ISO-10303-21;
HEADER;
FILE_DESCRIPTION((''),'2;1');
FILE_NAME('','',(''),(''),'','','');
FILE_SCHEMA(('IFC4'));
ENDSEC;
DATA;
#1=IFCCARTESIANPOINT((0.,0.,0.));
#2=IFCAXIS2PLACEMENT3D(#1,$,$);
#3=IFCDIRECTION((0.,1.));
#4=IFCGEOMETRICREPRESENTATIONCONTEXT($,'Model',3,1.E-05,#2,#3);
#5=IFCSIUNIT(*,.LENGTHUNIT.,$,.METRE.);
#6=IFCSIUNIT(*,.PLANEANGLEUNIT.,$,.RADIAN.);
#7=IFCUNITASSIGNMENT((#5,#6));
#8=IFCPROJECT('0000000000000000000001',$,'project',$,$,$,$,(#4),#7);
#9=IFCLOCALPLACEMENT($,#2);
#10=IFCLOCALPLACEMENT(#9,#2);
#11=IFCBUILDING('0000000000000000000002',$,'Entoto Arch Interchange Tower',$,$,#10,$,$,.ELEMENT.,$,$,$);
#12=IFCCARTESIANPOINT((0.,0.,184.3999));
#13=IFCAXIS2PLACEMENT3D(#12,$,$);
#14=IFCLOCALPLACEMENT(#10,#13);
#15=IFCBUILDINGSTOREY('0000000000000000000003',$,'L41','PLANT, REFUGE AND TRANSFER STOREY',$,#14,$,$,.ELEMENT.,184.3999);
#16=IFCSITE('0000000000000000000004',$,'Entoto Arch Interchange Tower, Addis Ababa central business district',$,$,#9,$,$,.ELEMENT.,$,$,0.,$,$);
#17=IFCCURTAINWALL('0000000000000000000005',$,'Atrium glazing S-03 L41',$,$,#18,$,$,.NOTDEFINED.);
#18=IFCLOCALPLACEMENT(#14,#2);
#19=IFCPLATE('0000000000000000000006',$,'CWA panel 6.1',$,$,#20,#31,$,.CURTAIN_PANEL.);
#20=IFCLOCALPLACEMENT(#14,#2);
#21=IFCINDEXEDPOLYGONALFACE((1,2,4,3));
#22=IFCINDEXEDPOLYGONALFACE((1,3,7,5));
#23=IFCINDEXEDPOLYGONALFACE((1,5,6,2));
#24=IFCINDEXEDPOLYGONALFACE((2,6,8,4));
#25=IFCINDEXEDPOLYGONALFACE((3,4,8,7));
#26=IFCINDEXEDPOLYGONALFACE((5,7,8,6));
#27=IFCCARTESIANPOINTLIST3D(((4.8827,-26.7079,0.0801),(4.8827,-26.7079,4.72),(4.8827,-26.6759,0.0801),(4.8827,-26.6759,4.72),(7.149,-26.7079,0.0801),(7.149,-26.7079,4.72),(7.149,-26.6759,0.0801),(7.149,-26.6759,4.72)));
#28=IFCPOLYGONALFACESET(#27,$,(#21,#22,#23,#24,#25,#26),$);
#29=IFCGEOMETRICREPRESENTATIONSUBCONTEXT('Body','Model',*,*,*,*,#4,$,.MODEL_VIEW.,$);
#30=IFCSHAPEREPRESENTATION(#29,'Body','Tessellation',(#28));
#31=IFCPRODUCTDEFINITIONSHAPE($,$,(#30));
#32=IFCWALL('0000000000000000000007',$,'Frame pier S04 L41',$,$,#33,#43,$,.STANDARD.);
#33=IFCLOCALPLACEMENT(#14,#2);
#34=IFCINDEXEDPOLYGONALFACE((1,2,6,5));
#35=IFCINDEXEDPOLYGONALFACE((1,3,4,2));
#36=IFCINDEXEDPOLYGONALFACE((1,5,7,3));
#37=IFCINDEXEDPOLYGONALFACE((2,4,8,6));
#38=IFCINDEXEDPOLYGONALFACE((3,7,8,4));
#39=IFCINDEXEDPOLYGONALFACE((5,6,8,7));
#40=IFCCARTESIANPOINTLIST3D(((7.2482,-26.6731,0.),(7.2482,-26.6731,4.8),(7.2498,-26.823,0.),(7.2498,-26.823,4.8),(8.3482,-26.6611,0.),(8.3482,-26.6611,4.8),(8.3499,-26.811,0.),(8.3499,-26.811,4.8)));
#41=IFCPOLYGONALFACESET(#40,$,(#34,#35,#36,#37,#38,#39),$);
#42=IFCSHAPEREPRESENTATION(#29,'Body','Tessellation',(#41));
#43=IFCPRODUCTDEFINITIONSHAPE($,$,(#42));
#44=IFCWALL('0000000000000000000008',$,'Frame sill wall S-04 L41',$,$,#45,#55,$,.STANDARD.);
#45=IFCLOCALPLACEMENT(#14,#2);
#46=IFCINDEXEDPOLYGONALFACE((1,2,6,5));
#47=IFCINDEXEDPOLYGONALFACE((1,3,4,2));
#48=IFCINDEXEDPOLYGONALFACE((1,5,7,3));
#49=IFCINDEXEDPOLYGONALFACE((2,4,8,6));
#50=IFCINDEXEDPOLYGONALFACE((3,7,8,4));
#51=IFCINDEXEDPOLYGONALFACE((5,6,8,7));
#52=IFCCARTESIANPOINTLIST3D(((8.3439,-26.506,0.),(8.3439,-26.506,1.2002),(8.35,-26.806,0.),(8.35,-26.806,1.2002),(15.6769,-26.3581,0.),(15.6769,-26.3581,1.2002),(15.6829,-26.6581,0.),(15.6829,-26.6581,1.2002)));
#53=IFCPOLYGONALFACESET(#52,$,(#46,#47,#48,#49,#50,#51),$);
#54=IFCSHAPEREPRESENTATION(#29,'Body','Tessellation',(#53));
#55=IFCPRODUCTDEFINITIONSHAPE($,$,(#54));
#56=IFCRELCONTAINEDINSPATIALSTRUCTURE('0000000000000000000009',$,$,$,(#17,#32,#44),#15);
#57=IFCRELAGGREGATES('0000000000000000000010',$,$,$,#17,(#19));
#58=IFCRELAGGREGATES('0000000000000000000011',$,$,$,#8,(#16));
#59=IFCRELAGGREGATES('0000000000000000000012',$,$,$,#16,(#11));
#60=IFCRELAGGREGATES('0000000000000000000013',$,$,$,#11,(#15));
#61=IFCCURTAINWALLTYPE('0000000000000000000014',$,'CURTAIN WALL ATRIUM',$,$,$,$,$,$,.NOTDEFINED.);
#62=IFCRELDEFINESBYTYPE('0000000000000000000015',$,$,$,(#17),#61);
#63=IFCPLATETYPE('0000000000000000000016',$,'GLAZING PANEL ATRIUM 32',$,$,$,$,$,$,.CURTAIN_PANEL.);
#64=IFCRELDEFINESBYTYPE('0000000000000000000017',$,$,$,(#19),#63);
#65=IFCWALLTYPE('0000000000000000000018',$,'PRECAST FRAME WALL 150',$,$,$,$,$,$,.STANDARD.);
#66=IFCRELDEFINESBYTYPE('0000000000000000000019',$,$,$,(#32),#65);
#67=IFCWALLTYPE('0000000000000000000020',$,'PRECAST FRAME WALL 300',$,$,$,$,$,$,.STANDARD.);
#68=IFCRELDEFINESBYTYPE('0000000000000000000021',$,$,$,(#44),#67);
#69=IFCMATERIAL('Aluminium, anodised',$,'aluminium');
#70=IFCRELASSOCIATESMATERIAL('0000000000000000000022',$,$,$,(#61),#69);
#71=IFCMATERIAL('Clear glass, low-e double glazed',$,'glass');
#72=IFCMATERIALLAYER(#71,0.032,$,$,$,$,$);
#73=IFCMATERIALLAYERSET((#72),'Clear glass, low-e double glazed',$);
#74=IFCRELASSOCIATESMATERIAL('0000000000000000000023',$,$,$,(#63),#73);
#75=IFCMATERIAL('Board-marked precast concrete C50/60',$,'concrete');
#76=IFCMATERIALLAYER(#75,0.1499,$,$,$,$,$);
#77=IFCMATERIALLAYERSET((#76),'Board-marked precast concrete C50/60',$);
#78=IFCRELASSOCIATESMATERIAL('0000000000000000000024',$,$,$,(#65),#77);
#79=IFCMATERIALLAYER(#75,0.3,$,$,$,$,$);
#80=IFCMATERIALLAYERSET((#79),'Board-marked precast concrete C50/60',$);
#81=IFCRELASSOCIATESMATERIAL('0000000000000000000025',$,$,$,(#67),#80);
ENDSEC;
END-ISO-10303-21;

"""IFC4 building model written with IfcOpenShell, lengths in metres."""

from ifc_helpers import new_model, si_unit, direction, frame, frame_2d, origin, origin_2d, place, context, subcontext, project, spatial, rectangle, extrude, material, layer, layer_set, type_object, element, aggregate, save


model = new_model("IFC4")

# Units and contexts
model_context = context("Model", 3, precision=1e-05, world=origin(), true_north=direction((0.0, 1.0)))
body_context = subcontext(model_context, "Body", "Model", "MODEL_VIEW")
ifc_project = project(units=[si_unit("LENGTHUNIT", "METRE"), si_unit("PLANEANGLEUNIT", "RADIAN")], contexts=[model_context])

# Site, building, storey
site_placement = place(None, origin())
site = spatial("IfcSite", under=ifc_project, at=site_placement, Name="Entoto Arch Interchange Tower, Addis Ababa central business district", CompositionType="ELEMENT", RefElevation=0.0)
building_placement = place(site_placement, origin())
building = spatial("IfcBuilding", under=site, at=building_placement, Name="Entoto Arch Interchange Tower", CompositionType="ELEMENT")
storey_placement = place(building_placement, frame((0.0, 0.0, 184.3999)))
storey = spatial("IfcBuildingStorey", under=building, at=storey_placement, Name="L41", Description="PLANT, REFUGE AND TRANSFER STOREY", CompositionType="ELEMENT", Elevation=184.3999)

# Curtain wall
ifc_material_1 = material(Name="Aluminium, anodised", Category="aluminium")
curtain_wall_type = type_object("IfcCurtainWallType", Name="CURTAIN WALL ATRIUM", PredefinedType="NOTDEFINED", material=ifc_material_1)
curtain_wall_placement = place(storey_placement, origin())
curtain_wall = element("IfcCurtainWall", 1, at=curtain_wall_placement, inside=storey, type_object=curtain_wall_type, Name="Atrium glazing S-03 L41", PredefinedType="NOTDEFINED")

# Plate
ifc_material_2 = material(Name="Clear glass, low-e double glazed", Category="glass")
ifc_layer_1 = layer(ifc_material_2, 0.032)
ifc_layer_set_1 = layer_set([ifc_layer_1], Name="Clear glass, low-e double glazed")
plate_type = type_object("IfcPlateType", Name="GLAZING PANEL ATRIUM 32", PredefinedType="CURTAIN_PANEL", material=ifc_layer_set_1)
plate_1_placement = place(storey_placement, frame((6.0159, -26.6919, 0.0801), z_axis=(0.0, 0.0, 1.0), x_axis=(1.0, 0.0, 0.0)))
plate_1 = element("IfcPlate", 2, at=plate_1_placement, type_object=plate_type, Name="CWA panel 6.1", PredefinedType="CURTAIN_PANEL", context=body_context, shape_type="SweptSolid", body=[
    extrude(rectangle(XDim=2.2664, YDim=0.032, at=origin_2d()), origin(), (0.0, 0.0, 1.0), 4.6399),
])
aggregate(curtain_wall, [plate_1])

# Walls
ifc_material_3 = material(Name="Board-marked precast concrete C50/60", Category="concrete")
ifc_layer_2 = layer(ifc_material_3, 0.1499)
ifc_layer_set_2 = layer_set([ifc_layer_2], Name="Board-marked precast concrete C50/60")
wall_type_1 = type_object("IfcWallType", Name="PRECAST FRAME WALL 150", PredefinedType="STANDARD", material=ifc_layer_set_2)
wall_1_placement = place(storey_placement, frame((7.249, -26.748, 0.0), z_axis=(0.0, 0.0, 1.0), x_axis=(0.999941, 0.010874, 0.0)))
element("IfcWall", 3, at=wall_1_placement, inside=storey, type_object=wall_type_1, Name="Frame pier S04 L41", PredefinedType="STANDARD", context=body_context, shape_type="SweptSolid", body=[
    extrude(rectangle(XDim=1.1001, YDim=0.1499, at=frame_2d((0.55, 0.0))), origin(), (0.0, 0.0, 1.0), 4.8),
])
ifc_layer_3 = layer(ifc_material_3, 0.3)
ifc_layer_set_3 = layer_set([ifc_layer_3], Name="Board-marked precast concrete C50/60")
wall_type_2 = type_object("IfcWallType", Name="PRECAST FRAME WALL 300", PredefinedType="STANDARD", material=ifc_layer_set_3)
wall_2_placement = place(storey_placement, frame((8.3469, -26.656, 0.0), z_axis=(0.0, 0.0, 1.0), x_axis=(0.999797, 0.020172, 0.0)))
element("IfcWall", 4, at=wall_2_placement, inside=storey, type_object=wall_type_2, Name="Frame sill wall S-04 L41", PredefinedType="STANDARD", context=body_context, shape_type="SweptSolid", body=[
    extrude(rectangle(XDim=7.3345, YDim=0.3, at=frame_2d((3.6672, 0.0))), origin(), (0.0, 0.0, 1.0), 1.2002),
])

save(model, "model.ifc")
